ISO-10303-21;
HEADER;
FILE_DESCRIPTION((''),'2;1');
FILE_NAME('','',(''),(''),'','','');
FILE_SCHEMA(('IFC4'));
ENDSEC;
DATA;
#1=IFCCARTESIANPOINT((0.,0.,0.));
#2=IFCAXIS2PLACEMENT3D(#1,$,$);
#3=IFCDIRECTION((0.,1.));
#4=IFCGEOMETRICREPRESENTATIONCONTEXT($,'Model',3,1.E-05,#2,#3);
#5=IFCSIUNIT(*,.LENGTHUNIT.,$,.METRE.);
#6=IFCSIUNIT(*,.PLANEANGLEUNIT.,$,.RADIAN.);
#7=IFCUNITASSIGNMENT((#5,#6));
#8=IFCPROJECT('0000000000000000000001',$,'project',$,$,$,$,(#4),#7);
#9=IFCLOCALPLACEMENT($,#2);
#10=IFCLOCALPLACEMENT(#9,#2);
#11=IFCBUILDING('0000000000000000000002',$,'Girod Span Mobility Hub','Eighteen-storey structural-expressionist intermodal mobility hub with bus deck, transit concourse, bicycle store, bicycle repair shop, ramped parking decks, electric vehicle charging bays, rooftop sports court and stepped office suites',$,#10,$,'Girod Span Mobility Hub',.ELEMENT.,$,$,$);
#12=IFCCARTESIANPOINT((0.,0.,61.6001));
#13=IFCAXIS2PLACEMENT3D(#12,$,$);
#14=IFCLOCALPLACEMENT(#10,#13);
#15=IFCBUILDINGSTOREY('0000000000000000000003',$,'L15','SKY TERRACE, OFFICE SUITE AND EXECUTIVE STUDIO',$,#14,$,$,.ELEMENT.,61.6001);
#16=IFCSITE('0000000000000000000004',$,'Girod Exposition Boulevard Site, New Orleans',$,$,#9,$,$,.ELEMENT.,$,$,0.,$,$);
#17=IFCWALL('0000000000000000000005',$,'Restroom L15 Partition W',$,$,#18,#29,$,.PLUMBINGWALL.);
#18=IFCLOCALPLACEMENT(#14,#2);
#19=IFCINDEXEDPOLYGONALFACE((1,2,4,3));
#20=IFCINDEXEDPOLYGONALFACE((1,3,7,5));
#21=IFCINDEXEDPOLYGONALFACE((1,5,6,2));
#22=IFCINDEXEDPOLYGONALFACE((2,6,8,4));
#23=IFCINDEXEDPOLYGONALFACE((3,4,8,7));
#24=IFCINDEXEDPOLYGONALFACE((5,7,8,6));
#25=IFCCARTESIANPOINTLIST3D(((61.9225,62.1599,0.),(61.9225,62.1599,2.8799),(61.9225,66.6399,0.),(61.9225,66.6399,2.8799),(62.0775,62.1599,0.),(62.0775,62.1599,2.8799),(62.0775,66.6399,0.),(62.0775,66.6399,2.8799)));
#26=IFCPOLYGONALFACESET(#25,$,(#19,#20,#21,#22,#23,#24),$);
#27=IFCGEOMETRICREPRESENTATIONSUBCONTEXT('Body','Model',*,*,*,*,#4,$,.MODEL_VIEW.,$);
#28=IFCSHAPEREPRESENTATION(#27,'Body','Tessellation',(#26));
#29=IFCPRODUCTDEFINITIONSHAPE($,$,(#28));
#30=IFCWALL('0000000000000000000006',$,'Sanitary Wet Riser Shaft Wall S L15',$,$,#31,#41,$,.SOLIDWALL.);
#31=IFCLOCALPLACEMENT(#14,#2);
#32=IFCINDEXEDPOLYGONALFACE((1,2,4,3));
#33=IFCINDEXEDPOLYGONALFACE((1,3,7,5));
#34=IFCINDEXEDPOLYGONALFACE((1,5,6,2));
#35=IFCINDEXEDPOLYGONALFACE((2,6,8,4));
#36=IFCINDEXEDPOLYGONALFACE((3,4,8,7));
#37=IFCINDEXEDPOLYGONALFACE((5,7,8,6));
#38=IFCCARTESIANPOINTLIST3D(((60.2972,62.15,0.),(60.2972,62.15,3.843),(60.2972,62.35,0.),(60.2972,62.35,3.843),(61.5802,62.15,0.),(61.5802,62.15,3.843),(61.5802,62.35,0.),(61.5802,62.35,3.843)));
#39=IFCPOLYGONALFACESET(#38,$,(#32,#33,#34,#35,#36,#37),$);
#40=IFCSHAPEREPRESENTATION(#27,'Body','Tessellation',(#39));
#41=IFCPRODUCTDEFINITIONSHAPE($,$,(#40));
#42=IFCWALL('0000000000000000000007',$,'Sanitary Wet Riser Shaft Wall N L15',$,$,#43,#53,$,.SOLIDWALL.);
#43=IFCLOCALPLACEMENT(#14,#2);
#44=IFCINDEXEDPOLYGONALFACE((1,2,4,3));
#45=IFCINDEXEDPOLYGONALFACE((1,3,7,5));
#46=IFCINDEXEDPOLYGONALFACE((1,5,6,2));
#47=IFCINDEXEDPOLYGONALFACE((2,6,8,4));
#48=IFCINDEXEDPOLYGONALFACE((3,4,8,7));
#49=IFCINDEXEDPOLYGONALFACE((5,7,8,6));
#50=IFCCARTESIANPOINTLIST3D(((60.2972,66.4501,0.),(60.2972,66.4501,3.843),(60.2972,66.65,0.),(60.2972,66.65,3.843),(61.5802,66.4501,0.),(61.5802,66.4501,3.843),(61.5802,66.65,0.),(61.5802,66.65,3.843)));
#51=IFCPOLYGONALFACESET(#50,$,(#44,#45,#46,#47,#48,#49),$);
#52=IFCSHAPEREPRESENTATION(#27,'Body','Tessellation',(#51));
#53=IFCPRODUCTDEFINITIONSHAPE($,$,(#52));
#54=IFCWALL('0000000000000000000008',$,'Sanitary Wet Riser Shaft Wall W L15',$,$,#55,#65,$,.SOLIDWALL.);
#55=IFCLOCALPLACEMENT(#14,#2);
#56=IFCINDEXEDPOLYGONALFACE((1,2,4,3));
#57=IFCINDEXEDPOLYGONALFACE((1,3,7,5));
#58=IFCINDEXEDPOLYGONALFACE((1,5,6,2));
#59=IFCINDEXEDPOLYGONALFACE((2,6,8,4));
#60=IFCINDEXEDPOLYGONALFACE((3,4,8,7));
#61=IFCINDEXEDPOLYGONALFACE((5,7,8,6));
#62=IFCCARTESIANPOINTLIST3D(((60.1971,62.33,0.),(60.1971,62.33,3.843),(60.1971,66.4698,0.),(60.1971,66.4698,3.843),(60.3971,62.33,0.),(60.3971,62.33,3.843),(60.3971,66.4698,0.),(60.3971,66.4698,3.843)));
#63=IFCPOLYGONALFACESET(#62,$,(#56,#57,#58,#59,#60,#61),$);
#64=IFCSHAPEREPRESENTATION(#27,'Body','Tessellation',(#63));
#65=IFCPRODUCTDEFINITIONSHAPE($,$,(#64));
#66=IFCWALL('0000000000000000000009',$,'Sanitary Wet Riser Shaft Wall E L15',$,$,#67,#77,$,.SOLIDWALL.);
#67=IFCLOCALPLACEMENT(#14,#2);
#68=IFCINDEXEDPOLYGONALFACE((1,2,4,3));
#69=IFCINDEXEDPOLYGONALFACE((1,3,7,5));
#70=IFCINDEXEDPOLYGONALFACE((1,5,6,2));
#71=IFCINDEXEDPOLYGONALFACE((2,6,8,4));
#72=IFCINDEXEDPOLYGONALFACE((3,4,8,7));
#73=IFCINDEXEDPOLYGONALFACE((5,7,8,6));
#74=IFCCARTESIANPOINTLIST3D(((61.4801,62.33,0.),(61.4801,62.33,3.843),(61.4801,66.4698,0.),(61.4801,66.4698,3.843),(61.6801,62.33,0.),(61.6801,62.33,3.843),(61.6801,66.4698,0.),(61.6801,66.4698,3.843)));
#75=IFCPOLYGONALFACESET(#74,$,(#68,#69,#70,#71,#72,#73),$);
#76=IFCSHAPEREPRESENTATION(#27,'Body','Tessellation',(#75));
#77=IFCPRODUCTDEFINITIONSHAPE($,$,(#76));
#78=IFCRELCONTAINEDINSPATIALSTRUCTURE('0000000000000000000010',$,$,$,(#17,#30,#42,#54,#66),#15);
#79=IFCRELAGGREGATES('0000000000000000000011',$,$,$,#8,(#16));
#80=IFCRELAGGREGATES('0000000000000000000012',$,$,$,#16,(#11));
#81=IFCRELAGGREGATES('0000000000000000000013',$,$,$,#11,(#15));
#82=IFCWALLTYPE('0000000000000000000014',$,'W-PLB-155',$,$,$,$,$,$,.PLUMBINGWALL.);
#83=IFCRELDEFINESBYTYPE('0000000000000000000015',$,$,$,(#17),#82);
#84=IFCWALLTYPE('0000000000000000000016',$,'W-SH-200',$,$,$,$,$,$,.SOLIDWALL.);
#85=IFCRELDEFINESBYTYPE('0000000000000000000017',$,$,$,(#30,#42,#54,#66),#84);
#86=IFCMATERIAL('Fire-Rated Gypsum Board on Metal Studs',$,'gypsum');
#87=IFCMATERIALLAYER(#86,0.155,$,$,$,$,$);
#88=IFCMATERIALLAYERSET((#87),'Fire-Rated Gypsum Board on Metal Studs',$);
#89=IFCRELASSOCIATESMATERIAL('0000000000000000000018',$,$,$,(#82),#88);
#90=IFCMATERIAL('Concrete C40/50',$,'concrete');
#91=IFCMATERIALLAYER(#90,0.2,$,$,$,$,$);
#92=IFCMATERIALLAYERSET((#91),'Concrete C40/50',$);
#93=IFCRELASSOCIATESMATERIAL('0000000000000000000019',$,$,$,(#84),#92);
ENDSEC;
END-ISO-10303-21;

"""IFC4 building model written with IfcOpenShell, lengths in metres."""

from ifc_helpers import new_model, si_unit, direction, frame, frame_2d, origin, place, context, subcontext, project, spatial, rectangle, extrude, material, layer, layer_set, type_object, element, save


model = new_model("IFC4")

# Units and contexts
model_context = context("Model", 3, precision=1e-05, world=origin(), true_north=direction((0.0, 1.0)))
body_context = subcontext(model_context, "Body", "Model", "MODEL_VIEW")
ifc_project = project(units=[si_unit("LENGTHUNIT", "METRE"), si_unit("PLANEANGLEUNIT", "RADIAN")], contexts=[model_context])

# Site, building, storey
site_placement = place(None, origin())
site = spatial("IfcSite", under=ifc_project, at=site_placement, Name="Girod Exposition Boulevard Site, New Orleans", CompositionType="ELEMENT", RefElevation=0.0)
building_placement = place(site_placement, origin())
building = spatial("IfcBuilding", under=site, at=building_placement, Name="Girod Span Mobility Hub", Description="Eighteen-storey structural-expressionist intermodal mobility hub with bus deck, transit concourse, bicycle store, bicycle repair shop, ramped parking decks, electric vehicle charging bays, rooftop sports court and stepped office suites", LongName="Girod Span Mobility Hub", CompositionType="ELEMENT")
storey_placement = place(building_placement, frame((0.0, 0.0, 61.6001)))
storey = spatial("IfcBuildingStorey", under=building, at=storey_placement, Name="L15", Description="SKY TERRACE, OFFICE SUITE AND EXECUTIVE STUDIO", CompositionType="ELEMENT", Elevation=61.6001)

# Shared definitions
ifc_material_1 = material(Name="Fire-Rated Gypsum Board on Metal Studs", Category="gypsum")
ifc_layer_1 = layer(ifc_material_1, 0.155)
ifc_layer_set_1 = layer_set([ifc_layer_1], Name="Fire-Rated Gypsum Board on Metal Studs")
wall_type_1 = type_object("IfcWallType", Name="W-PLB-155", PredefinedType="PLUMBINGWALL", material=ifc_layer_set_1)

# Walls
wall_1_placement = place(storey_placement, frame((62.0, 62.1599, 0.0), z_axis=(0.0, 0.0, 1.0), x_axis=(0.0, 1.0, 0.0)))
element("IfcWall", 1, at=wall_1_placement, inside=storey, type_object=wall_type_1, Name="Restroom L15 Partition W", PredefinedType="PLUMBINGWALL", context=body_context, shape_type="SweptSolid", body=[
    extrude(rectangle(XDim=4.48, YDim=0.155, at=frame_2d((2.24, 0.0))), origin(), (0.0, 0.0, 1.0), 2.8799),
])
ifc_material_2 = material(Name="Concrete C40/50", Category="concrete")
ifc_layer_2 = layer(ifc_material_2, 0.2)
ifc_layer_set_2 = layer_set([ifc_layer_2], Name="Concrete C40/50")
wall_type_2 = type_object("IfcWallType", Name="W-SH-200", PredefinedType="SOLIDWALL", material=ifc_layer_set_2)
for number, where, z_axis, x_axis, name in (
    (2, (60.2971, 62.25, 0.0), (0.0, 0.0, 1.0), (1.0, 0.0, 0.0), "Sanitary Wet Riser Shaft Wall S L15"),
    (3, (60.2971, 66.55, 0.0), (0.0, 0.0, 1.0), (1.0, 0.0, 0.0), "Sanitary Wet Riser Shaft Wall N L15"),
):
    element("IfcWall", number, at=place(storey_placement, frame(where, z_axis=z_axis, x_axis=x_axis)), inside=storey, type_object=wall_type_2, Name=name, PredefinedType="SOLIDWALL", context=body_context, shape_type="SweptSolid", body=[
        extrude(rectangle(XDim=1.283, YDim=0.2, at=frame_2d((0.6416, 0.0))), origin(), (0.0, 0.0, 1.0), 3.843),
    ])
for number, where, z_axis, x_axis, name in (
    (4, (60.2971, 62.3301, 0.0), (0.0, 0.0, 1.0), (0.0, 1.0, 0.0), "Sanitary Wet Riser Shaft Wall W L15"),
    (5, (61.5801, 62.3301, 0.0), (0.0, 0.0, 1.0), (0.0, 1.0, 0.0), "Sanitary Wet Riser Shaft Wall E L15"),
):
    element("IfcWall", number, at=place(storey_placement, frame(where, z_axis=z_axis, x_axis=x_axis)), inside=storey, type_object=wall_type_2, Name=name, PredefinedType="SOLIDWALL", context=body_context, shape_type="SweptSolid", body=[
        extrude(rectangle(XDim=4.1399, YDim=0.2, at=frame_2d((2.0698, 0.0))), origin(), (0.0, 0.0, 1.0), 3.843),
    ])

save(model, "model.ifc")
